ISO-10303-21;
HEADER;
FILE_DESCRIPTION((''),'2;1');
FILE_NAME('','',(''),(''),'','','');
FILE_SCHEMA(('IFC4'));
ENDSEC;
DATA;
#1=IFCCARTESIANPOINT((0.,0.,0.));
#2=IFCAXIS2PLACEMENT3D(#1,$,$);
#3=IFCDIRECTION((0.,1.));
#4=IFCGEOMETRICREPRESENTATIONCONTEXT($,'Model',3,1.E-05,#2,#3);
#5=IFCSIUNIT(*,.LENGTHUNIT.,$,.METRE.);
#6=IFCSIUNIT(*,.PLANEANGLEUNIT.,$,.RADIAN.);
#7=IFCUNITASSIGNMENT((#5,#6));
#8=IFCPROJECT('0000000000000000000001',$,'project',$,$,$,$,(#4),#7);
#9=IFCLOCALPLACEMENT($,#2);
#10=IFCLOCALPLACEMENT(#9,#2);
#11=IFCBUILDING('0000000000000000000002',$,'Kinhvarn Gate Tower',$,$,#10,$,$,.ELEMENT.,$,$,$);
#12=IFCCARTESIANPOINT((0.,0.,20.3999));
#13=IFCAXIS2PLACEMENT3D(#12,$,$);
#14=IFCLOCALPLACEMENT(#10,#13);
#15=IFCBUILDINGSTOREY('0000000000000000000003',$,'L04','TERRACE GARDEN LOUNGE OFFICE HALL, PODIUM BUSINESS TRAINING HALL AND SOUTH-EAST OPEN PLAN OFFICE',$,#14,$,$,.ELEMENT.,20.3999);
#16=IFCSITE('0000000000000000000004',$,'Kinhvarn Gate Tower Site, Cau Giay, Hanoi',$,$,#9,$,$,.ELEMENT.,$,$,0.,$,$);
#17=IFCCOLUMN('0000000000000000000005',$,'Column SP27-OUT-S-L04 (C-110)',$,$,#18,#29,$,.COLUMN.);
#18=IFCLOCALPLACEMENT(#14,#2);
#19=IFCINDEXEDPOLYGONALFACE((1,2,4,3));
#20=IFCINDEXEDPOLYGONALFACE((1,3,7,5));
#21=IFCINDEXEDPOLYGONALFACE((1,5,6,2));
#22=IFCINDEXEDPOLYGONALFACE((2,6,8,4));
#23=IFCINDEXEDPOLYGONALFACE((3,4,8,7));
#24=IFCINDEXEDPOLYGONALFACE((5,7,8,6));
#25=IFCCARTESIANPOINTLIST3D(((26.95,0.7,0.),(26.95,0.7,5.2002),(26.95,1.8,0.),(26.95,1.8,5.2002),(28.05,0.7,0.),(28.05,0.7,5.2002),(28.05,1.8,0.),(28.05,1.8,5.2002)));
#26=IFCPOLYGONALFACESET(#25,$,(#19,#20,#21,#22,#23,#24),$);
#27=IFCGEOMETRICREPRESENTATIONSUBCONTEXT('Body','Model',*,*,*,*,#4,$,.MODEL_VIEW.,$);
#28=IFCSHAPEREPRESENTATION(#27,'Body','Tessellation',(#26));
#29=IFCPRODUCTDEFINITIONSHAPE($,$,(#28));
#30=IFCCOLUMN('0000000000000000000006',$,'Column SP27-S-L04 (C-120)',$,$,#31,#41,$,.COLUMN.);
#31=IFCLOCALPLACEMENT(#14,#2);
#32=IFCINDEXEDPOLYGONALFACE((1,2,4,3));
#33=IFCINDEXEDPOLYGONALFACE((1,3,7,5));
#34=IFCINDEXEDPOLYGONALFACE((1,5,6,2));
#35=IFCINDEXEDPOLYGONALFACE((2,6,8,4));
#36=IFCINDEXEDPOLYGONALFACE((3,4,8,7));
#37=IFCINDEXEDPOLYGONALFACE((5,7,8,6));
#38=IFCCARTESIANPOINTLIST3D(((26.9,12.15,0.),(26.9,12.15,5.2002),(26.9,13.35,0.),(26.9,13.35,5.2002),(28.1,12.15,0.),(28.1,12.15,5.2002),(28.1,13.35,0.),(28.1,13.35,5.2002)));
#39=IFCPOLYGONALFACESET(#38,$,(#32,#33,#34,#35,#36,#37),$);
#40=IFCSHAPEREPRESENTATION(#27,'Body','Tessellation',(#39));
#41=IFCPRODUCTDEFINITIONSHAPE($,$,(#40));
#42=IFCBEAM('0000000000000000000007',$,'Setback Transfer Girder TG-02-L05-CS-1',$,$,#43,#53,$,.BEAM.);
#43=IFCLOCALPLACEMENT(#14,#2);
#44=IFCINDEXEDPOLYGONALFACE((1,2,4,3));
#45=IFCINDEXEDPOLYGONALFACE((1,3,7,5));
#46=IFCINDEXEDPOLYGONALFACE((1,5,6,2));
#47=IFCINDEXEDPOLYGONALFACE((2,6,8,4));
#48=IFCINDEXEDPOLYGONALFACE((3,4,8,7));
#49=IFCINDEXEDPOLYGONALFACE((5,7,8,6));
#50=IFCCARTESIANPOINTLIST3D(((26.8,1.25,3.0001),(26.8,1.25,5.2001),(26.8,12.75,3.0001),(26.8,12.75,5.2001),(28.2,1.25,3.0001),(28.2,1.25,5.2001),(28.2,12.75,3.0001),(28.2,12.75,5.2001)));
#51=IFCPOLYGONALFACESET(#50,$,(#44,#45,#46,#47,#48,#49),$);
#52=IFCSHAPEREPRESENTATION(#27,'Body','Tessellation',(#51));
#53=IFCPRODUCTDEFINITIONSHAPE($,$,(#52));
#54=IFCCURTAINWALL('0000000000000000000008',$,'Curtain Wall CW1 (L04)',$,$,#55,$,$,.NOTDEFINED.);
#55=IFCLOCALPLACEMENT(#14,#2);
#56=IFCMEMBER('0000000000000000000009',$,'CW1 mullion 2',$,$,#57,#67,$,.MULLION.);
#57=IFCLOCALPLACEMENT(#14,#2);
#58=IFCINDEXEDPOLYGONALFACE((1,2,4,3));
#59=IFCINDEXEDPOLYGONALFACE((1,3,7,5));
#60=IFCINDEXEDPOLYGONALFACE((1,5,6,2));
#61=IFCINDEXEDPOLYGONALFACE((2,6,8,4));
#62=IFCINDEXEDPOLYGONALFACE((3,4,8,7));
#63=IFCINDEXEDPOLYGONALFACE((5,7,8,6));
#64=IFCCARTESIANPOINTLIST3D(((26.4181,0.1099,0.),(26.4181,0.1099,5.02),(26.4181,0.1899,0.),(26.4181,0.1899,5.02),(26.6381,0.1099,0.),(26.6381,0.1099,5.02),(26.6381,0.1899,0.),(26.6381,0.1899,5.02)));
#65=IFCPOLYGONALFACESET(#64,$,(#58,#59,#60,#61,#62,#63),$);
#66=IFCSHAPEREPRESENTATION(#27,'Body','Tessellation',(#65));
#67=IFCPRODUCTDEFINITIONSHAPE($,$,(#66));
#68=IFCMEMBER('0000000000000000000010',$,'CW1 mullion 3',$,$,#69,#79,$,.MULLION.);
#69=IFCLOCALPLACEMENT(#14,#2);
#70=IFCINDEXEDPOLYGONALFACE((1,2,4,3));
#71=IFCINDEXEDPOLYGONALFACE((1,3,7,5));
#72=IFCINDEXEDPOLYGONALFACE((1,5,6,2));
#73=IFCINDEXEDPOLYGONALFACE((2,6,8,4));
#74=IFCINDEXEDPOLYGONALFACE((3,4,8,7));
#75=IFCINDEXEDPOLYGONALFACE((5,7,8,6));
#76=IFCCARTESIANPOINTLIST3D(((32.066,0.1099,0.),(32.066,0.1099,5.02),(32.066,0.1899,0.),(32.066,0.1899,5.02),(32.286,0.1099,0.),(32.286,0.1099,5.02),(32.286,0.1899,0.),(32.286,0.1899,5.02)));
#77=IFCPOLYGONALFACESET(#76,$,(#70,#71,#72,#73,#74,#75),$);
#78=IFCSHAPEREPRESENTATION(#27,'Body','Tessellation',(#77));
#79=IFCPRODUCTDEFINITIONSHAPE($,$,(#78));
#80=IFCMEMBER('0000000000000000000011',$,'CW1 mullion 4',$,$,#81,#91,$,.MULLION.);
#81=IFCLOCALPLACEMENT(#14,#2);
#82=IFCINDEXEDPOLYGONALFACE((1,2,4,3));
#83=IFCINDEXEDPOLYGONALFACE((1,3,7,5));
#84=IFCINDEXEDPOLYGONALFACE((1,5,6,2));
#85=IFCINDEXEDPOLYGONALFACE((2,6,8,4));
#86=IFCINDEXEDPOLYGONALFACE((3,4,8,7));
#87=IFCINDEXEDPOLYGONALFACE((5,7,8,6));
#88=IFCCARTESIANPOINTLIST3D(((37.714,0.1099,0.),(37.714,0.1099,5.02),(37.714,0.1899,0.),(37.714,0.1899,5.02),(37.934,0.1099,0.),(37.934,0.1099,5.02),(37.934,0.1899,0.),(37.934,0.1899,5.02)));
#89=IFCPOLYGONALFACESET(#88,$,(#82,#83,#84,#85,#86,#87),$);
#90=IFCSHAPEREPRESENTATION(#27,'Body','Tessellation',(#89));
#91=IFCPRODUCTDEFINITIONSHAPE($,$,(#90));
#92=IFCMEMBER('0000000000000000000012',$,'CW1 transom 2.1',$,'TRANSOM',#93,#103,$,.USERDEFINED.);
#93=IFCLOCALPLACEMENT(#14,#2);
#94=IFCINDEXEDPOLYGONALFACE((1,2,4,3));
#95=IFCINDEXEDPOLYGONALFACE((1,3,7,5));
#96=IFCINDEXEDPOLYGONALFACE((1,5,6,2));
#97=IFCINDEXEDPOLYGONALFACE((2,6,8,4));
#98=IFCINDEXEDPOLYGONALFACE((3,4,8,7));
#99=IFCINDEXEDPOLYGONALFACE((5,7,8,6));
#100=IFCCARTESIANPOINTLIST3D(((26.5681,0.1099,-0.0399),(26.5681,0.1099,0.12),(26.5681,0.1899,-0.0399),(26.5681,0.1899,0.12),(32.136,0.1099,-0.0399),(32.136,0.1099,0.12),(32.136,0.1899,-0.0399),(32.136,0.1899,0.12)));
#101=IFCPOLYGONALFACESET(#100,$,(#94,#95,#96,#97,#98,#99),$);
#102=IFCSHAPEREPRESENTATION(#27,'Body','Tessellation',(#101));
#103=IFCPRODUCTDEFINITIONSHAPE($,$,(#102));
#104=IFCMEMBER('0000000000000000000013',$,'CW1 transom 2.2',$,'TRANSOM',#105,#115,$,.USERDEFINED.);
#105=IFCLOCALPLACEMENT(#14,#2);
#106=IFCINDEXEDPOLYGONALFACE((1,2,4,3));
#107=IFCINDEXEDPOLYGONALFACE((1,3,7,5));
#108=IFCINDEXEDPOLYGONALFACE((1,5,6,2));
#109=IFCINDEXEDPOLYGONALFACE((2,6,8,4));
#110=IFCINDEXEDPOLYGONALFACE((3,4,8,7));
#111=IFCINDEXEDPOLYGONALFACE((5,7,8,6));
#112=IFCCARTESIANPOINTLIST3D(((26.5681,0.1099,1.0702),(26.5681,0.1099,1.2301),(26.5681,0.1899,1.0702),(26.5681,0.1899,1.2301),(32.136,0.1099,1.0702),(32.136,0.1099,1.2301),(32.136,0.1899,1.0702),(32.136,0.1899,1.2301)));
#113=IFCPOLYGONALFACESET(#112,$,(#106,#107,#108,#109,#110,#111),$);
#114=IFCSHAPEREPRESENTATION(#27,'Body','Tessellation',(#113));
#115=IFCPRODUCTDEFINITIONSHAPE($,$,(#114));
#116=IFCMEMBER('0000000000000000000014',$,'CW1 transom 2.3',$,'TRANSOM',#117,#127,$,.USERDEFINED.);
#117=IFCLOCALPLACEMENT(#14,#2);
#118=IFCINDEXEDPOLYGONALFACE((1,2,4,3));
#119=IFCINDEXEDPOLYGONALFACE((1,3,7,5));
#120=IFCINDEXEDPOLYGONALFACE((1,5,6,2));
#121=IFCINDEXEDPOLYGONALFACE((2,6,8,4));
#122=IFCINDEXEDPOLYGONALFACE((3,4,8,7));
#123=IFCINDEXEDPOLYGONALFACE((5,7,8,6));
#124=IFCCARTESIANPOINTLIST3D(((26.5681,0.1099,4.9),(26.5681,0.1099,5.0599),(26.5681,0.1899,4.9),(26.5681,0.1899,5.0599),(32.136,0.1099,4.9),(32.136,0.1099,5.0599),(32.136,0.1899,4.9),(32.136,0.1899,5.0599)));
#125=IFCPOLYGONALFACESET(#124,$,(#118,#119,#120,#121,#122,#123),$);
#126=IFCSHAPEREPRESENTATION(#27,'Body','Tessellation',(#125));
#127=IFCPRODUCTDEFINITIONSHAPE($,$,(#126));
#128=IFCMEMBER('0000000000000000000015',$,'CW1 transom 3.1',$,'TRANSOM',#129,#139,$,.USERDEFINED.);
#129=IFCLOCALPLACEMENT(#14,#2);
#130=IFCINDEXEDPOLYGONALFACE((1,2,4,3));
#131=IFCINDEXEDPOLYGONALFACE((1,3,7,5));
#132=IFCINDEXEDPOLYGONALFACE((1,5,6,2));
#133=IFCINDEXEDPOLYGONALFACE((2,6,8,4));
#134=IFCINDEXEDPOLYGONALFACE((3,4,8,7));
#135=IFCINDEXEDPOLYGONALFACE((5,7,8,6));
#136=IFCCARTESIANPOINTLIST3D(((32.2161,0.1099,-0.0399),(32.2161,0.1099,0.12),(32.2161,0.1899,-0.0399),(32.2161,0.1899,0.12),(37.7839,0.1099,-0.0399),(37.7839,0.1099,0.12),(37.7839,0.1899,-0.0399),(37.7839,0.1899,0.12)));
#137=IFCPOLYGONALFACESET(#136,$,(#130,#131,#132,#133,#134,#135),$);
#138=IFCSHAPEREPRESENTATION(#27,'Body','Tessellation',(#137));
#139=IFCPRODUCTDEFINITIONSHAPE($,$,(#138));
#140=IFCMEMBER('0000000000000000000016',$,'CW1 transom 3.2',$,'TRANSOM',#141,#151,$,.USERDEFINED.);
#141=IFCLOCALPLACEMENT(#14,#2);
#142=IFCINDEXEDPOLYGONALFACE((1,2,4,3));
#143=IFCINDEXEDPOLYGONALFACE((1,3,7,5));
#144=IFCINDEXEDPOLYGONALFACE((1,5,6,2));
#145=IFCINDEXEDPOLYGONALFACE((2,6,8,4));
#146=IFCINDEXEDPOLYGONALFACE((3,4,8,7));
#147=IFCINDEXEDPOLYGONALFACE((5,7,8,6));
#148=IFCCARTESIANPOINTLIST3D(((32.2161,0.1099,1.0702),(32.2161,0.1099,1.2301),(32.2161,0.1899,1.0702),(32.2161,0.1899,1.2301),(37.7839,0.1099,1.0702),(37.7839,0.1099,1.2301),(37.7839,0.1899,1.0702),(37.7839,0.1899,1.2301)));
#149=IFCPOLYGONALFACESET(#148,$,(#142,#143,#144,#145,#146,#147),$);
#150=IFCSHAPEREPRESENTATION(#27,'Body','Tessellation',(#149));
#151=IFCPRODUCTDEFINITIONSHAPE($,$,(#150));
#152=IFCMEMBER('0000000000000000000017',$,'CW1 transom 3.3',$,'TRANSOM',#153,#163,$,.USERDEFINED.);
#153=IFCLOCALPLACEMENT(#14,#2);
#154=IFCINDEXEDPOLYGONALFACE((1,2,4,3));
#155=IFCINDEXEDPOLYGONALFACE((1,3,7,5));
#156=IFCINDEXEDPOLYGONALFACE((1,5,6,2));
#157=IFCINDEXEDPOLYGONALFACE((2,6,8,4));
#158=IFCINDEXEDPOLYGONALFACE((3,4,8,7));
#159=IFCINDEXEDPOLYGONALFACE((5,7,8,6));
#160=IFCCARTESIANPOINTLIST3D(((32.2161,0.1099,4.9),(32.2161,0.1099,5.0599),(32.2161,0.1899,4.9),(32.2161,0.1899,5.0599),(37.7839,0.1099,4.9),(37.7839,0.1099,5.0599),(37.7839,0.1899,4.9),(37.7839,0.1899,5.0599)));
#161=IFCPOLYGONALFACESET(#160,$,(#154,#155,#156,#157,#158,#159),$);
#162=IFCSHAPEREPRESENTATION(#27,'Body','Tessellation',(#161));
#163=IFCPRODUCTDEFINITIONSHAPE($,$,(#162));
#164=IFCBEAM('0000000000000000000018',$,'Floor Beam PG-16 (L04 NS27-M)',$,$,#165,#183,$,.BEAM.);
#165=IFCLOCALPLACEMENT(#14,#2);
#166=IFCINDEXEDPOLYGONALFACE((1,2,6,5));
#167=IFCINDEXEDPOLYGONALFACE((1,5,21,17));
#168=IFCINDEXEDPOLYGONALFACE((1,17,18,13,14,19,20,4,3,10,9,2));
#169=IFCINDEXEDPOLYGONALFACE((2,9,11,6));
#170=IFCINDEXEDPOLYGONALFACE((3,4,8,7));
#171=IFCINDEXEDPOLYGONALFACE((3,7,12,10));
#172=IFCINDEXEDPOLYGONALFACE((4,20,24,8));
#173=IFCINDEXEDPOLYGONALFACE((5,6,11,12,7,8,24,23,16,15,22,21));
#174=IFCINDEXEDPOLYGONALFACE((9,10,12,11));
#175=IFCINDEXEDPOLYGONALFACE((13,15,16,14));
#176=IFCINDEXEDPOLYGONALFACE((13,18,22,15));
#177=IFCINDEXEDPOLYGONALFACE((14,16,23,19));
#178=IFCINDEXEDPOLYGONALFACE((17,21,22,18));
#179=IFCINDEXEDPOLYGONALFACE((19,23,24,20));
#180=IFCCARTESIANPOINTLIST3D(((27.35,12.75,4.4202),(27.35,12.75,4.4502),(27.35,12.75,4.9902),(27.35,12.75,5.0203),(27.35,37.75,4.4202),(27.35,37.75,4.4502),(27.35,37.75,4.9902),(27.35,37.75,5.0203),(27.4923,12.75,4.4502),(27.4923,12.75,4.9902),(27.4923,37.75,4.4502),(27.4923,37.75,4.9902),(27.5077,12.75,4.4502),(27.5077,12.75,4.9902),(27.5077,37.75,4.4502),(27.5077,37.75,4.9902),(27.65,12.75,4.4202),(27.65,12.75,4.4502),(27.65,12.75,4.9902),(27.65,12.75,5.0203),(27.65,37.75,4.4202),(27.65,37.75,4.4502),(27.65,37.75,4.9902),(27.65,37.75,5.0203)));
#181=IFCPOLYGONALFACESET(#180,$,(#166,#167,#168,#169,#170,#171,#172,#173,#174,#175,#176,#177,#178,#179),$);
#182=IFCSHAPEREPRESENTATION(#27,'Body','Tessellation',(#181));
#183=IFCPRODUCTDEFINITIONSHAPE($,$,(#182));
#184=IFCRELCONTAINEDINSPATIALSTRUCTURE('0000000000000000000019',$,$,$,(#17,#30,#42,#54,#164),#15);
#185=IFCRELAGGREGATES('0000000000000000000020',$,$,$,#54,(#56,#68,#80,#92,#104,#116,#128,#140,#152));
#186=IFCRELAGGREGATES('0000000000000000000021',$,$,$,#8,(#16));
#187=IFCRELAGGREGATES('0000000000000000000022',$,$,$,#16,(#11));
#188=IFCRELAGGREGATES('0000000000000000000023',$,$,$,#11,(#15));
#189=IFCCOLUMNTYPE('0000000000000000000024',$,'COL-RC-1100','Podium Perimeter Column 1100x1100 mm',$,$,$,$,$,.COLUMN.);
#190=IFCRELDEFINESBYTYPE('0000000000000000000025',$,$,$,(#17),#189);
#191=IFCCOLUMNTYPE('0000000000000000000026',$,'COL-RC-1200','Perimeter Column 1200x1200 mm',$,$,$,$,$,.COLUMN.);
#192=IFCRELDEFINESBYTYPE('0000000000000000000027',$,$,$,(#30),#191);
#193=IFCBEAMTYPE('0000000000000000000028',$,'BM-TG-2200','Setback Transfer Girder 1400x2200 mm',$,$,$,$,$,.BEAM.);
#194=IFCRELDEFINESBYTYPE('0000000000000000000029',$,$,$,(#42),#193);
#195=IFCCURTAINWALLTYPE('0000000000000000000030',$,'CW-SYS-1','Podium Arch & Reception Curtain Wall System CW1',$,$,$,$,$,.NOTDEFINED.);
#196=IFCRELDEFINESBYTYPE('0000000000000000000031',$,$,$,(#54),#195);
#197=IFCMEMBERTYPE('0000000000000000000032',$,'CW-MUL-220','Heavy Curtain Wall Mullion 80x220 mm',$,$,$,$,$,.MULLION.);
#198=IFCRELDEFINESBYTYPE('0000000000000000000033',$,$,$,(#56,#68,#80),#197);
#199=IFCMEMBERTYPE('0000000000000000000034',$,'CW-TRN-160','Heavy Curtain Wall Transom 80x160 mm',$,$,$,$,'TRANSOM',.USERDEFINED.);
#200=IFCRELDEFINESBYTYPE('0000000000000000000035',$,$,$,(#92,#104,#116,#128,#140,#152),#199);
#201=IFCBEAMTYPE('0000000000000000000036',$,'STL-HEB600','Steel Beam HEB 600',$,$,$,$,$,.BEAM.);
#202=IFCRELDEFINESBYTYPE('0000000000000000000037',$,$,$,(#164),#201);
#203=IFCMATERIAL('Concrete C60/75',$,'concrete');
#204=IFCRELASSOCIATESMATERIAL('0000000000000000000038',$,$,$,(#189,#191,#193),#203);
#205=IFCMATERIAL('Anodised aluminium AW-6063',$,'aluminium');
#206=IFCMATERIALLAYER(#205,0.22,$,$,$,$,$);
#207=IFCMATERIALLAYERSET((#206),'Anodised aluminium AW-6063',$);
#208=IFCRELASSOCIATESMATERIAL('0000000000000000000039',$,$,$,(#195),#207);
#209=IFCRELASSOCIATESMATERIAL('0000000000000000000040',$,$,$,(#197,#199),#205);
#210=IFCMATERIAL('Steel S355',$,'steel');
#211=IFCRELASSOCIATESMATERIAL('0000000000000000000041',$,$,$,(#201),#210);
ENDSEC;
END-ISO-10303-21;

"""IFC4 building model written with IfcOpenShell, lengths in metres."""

from ifc_helpers import new_model, si_unit, direction, frame, origin, origin_2d, place, context, subcontext, project, spatial, rectangle, i_section, extrude, material, layer, layer_set, material_profile, profile_set, type_object, element, aggregate, save


model = new_model("IFC4")

# Units and contexts
model_context = context("Model", 3, precision=1e-05, world=origin(), true_north=direction((0.0, 1.0)))
body_context = subcontext(model_context, "Body", "Model", "MODEL_VIEW")
ifc_project = project(units=[si_unit("LENGTHUNIT", "METRE"), si_unit("PLANEANGLEUNIT", "RADIAN")], contexts=[model_context])

# Site, building, storey
site_placement = place(None, origin())
site = spatial("IfcSite", under=ifc_project, at=site_placement, Name="Kinhvarn Gate Tower Site, Cau Giay, Hanoi", CompositionType="ELEMENT", RefElevation=0.0)
building_placement = place(site_placement, origin())
building = spatial("IfcBuilding", under=site, at=building_placement, Name="Kinhvarn Gate Tower", CompositionType="ELEMENT")
storey_placement = place(building_placement, frame((0.0, 0.0, 20.3999)))
storey = spatial("IfcBuildingStorey", under=building, at=storey_placement, Name="L04", Description="TERRACE GARDEN LOUNGE OFFICE HALL, PODIUM BUSINESS TRAINING HALL AND SOUTH-EAST OPEN PLAN OFFICE", CompositionType="ELEMENT", Elevation=20.3999)

# Columns
ifc_material_1 = material(Name="Concrete C60/75", Category="concrete")
ifc_material_profile_1 = material_profile(ifc_material_1, rectangle(XDim=1.1001, YDim=1.1001, at=origin_2d()), Name="RC 1100x1100")
ifc_profile_set_1 = profile_set([ifc_material_profile_1], Name="Concrete C60/75")
column_type_1 = type_object("IfcColumnType", Name="COL-RC-1100", Description="Podium Perimeter Column 1100x1100 mm", PredefinedType="COLUMN", material=ifc_profile_set_1)
column_1_placement = place(storey_placement, frame((27.5, 1.25, 0.0), z_axis=(0.0, 0.0, 1.0), x_axis=(1.0, 0.0, 0.0)))
element("IfcColumn", 1, at=column_1_placement, inside=storey, type_object=column_type_1, Name="Column SP27-OUT-S-L04 (C-110)", PredefinedType="COLUMN", context=body_context, shape_type="SweptSolid", body=[
    extrude(rectangle(XDim=1.1001, YDim=1.1001, at=origin_2d()), origin(), (0.0, 0.0, 1.0), 5.2002),
])
ifc_material_profile_2 = material_profile(ifc_material_1, rectangle(XDim=1.2, YDim=1.2, at=origin_2d()), Name="RC 1200x1200")
ifc_profile_set_2 = profile_set([ifc_material_profile_2], Name="Concrete C60/75")
column_type_2 = type_object("IfcColumnType", Name="COL-RC-1200", Description="Perimeter Column 1200x1200 mm", PredefinedType="COLUMN", material=ifc_profile_set_2)
column_2_placement = place(storey_placement, frame((27.5, 12.75, 0.0), z_axis=(0.0, 0.0, 1.0), x_axis=(1.0, 0.0, 0.0)))
element("IfcColumn", 2, at=column_2_placement, inside=storey, type_object=column_type_2, Name="Column SP27-S-L04 (C-120)", PredefinedType="COLUMN", context=body_context, shape_type="SweptSolid", body=[
    extrude(rectangle(XDim=1.2, YDim=1.2, at=origin_2d()), origin(), (0.0, 0.0, 1.0), 5.2002),
])

# Beam
ifc_material_profile_3 = material_profile(ifc_material_1, rectangle(XDim=1.3999, YDim=2.2, at=origin_2d()), Name="RC 1400x2200")
ifc_profile_set_3 = profile_set([ifc_material_profile_3], Name="Concrete C60/75")
beam_type_1 = type_object("IfcBeamType", Name="BM-TG-2200", Description="Setback Transfer Girder 1400x2200 mm", PredefinedType="BEAM", material=ifc_profile_set_3)
beam_1_placement = place(storey_placement, frame((27.5, 1.25, 4.1001), z_axis=(0.0, 1.0, 0.0), x_axis=(-1.0, 0.0, 0.0)))
element("IfcBeam", 3, at=beam_1_placement, inside=storey, type_object=beam_type_1, Name="Setback Transfer Girder TG-02-L05-CS-1", PredefinedType="BEAM", context=body_context, shape_type="SweptSolid", body=[
    extrude(rectangle(XDim=1.3999, YDim=2.2, at=origin_2d()), origin(), (0.0, 0.0, 1.0), 11.5),
])

# Curtain wall, members
ifc_material_2 = material(Name="Anodised aluminium AW-6063", Category="aluminium")
ifc_layer_1 = layer(ifc_material_2, 0.22)
ifc_layer_set_1 = layer_set([ifc_layer_1], Name="Anodised aluminium AW-6063")
curtain_wall_type = type_object("IfcCurtainWallType", Name="CW-SYS-1", Description="Podium Arch & Reception Curtain Wall System CW1", PredefinedType="NOTDEFINED", material=ifc_layer_set_1)
curtain_wall_placement = place(storey_placement, origin())
curtain_wall = element("IfcCurtainWall", 4, at=curtain_wall_placement, inside=storey, type_object=curtain_wall_type, Name="Curtain Wall CW1 (L04)", PredefinedType="NOTDEFINED")
ifc_material_profile_4 = material_profile(ifc_material_2, rectangle(XDim=0.0801, YDim=0.22, at=origin_2d()), Name="ALU 80x220")
ifc_profile_set_4 = profile_set([ifc_material_profile_4], Name="Anodised aluminium AW-6063")
member_type_1 = type_object("IfcMemberType", Name="CW-MUL-220", Description="Heavy Curtain Wall Mullion 80x220 mm", PredefinedType="MULLION", material=ifc_profile_set_4)
member_1_placement = place(storey_placement, frame((26.5281, 0.1499, 0.0), z_axis=(0.0, 0.0, 1.0), x_axis=(0.0, 1.0, 0.0)))
member_1 = element("IfcMember", 5, at=member_1_placement, type_object=member_type_1, Name="CW1 mullion 2", PredefinedType="MULLION", context=body_context, shape_type="SweptSolid", body=[
    extrude(rectangle(XDim=0.0801, YDim=0.22, at=origin_2d()), origin(), (0.0, 0.0, 1.0), 5.02),
])
member_2_placement = place(storey_placement, frame((32.176, 0.1499, 0.0), z_axis=(0.0, 0.0, 1.0), x_axis=(0.0, 1.0, 0.0)))
member_2 = element("IfcMember", 6, at=member_2_placement, type_object=member_type_1, Name="CW1 mullion 3", PredefinedType="MULLION", context=body_context, shape_type="SweptSolid", body=[
    extrude(rectangle(XDim=0.0801, YDim=0.22, at=origin_2d()), origin(), (0.0, 0.0, 1.0), 5.02),
])
member_3_placement = place(storey_placement, frame((37.824, 0.1499, 0.0), z_axis=(0.0, 0.0, 1.0), x_axis=(0.0, 1.0, 0.0)))
member_3 = element("IfcMember", 7, at=member_3_placement, type_object=member_type_1, Name="CW1 mullion 4", PredefinedType="MULLION", context=body_context, shape_type="SweptSolid", body=[
    extrude(rectangle(XDim=0.0801, YDim=0.22, at=origin_2d()), origin(), (0.0, 0.0, 1.0), 5.02),
])
ifc_material_profile_5 = material_profile(ifc_material_2, rectangle(XDim=0.0801, YDim=0.1599, at=origin_2d()), Name="ALU 80x160")
ifc_profile_set_5 = profile_set([ifc_material_profile_5], Name="Anodised aluminium AW-6063")
member_type_2 = type_object("IfcMemberType", Name="CW-TRN-160", Description="Heavy Curtain Wall Transom 80x160 mm", ElementType="TRANSOM", PredefinedType="USERDEFINED", material=ifc_profile_set_5)
member_4_placement = place(storey_placement, frame((26.5681, 0.1499, 0.04), z_axis=(1.0, 0.0, 0.0), x_axis=(0.0, 1.0, 0.0)))
member_4 = element("IfcMember", 8, at=member_4_placement, type_object=member_type_2, Name="CW1 transom 2.1", ObjectType="TRANSOM", PredefinedType="USERDEFINED", context=body_context, shape_type="SweptSolid", body=[
    extrude(rectangle(XDim=0.0801, YDim=0.1599, at=origin_2d()), origin(), (0.0, 0.0, 1.0), 5.5679),
])
member_5_placement = place(storey_placement, frame((26.5681, 0.1499, 1.1501), z_axis=(1.0, 0.0, 0.0), x_axis=(0.0, 1.0, 0.0)))
member_5 = element("IfcMember", 9, at=member_5_placement, type_object=member_type_2, Name="CW1 transom 2.2", ObjectType="TRANSOM", PredefinedType="USERDEFINED", context=body_context, shape_type="SweptSolid", body=[
    extrude(rectangle(XDim=0.0801, YDim=0.1599, at=origin_2d()), origin(), (0.0, 0.0, 1.0), 5.5679),
])
member_6_placement = place(storey_placement, frame((26.5681, 0.1499, 4.98), z_axis=(1.0, 0.0, 0.0), x_axis=(0.0, 1.0, 0.0)))
member_6 = element("IfcMember", 10, at=member_6_placement, type_object=member_type_2, Name="CW1 transom 2.3", ObjectType="TRANSOM", PredefinedType="USERDEFINED", context=body_context, shape_type="SweptSolid", body=[
    extrude(rectangle(XDim=0.0801, YDim=0.1599, at=origin_2d()), origin(), (0.0, 0.0, 1.0), 5.5679),
])
member_7_placement = place(storey_placement, frame((32.2161, 0.1499, 0.04), z_axis=(1.0, 0.0, 0.0), x_axis=(0.0, 1.0, 0.0)))
member_7 = element("IfcMember", 11, at=member_7_placement, type_object=member_type_2, Name="CW1 transom 3.1", ObjectType="TRANSOM", PredefinedType="USERDEFINED", context=body_context, shape_type="SweptSolid", body=[
    extrude(rectangle(XDim=0.0801, YDim=0.1599, at=origin_2d()), origin(), (0.0, 0.0, 1.0), 5.5679),
])
member_8_placement = place(storey_placement, frame((32.2161, 0.1499, 1.1501), z_axis=(1.0, 0.0, 0.0), x_axis=(0.0, 1.0, 0.0)))
member_8 = element("IfcMember", 12, at=member_8_placement, type_object=member_type_2, Name="CW1 transom 3.2", ObjectType="TRANSOM", PredefinedType="USERDEFINED", context=body_context, shape_type="SweptSolid", body=[
    extrude(rectangle(XDim=0.0801, YDim=0.1599, at=origin_2d()), origin(), (0.0, 0.0, 1.0), 5.5679),
])
member_9_placement = place(storey_placement, frame((32.2161, 0.1499, 4.98), z_axis=(1.0, 0.0, 0.0), x_axis=(0.0, 1.0, 0.0)))
member_9 = element("IfcMember", 13, at=member_9_placement, type_object=member_type_2, Name="CW1 transom 3.3", ObjectType="TRANSOM", PredefinedType="USERDEFINED", context=body_context, shape_type="SweptSolid", body=[
    extrude(rectangle(XDim=0.0801, YDim=0.1599, at=origin_2d()), origin(), (0.0, 0.0, 1.0), 5.5679),
])

# Beam
ifc_material_3 = material(Name="Steel S355", Category="steel")
ifc_material_profile_6 = material_profile(ifc_material_3, i_section(OverallWidth=0.3, OverallDepth=0.6001, WebThickness=0.0154, FlangeThickness=0.03, at=origin_2d()), Name="HEB 600")
ifc_profile_set_6 = profile_set([ifc_material_profile_6], Name="Steel S355")
beam_type_2 = type_object("IfcBeamType", Name="STL-HEB600", Description="Steel Beam HEB 600", PredefinedType="BEAM", material=ifc_profile_set_6)
beam_2_placement = place(storey_placement, frame((27.5, 12.75, 4.7202), z_axis=(0.0, 1.0, 0.0), x_axis=(-1.0, 0.0, 0.0)))
element("IfcBeam", 14, at=beam_2_placement, inside=storey, type_object=beam_type_2, Name="Floor Beam PG-16 (L04 NS27-M)", PredefinedType="BEAM", context=body_context, shape_type="SweptSolid", body=[
    extrude(i_section(OverallWidth=0.3, OverallDepth=0.6001, WebThickness=0.0154, FlangeThickness=0.03, at=origin_2d()), origin(), (0.0, 0.0, 1.0), 25.0),
])

aggregate(curtain_wall, [member_1, member_2, member_3, member_4, member_5, member_6, member_7, member_8, member_9])

save(model, "model.ifc")
